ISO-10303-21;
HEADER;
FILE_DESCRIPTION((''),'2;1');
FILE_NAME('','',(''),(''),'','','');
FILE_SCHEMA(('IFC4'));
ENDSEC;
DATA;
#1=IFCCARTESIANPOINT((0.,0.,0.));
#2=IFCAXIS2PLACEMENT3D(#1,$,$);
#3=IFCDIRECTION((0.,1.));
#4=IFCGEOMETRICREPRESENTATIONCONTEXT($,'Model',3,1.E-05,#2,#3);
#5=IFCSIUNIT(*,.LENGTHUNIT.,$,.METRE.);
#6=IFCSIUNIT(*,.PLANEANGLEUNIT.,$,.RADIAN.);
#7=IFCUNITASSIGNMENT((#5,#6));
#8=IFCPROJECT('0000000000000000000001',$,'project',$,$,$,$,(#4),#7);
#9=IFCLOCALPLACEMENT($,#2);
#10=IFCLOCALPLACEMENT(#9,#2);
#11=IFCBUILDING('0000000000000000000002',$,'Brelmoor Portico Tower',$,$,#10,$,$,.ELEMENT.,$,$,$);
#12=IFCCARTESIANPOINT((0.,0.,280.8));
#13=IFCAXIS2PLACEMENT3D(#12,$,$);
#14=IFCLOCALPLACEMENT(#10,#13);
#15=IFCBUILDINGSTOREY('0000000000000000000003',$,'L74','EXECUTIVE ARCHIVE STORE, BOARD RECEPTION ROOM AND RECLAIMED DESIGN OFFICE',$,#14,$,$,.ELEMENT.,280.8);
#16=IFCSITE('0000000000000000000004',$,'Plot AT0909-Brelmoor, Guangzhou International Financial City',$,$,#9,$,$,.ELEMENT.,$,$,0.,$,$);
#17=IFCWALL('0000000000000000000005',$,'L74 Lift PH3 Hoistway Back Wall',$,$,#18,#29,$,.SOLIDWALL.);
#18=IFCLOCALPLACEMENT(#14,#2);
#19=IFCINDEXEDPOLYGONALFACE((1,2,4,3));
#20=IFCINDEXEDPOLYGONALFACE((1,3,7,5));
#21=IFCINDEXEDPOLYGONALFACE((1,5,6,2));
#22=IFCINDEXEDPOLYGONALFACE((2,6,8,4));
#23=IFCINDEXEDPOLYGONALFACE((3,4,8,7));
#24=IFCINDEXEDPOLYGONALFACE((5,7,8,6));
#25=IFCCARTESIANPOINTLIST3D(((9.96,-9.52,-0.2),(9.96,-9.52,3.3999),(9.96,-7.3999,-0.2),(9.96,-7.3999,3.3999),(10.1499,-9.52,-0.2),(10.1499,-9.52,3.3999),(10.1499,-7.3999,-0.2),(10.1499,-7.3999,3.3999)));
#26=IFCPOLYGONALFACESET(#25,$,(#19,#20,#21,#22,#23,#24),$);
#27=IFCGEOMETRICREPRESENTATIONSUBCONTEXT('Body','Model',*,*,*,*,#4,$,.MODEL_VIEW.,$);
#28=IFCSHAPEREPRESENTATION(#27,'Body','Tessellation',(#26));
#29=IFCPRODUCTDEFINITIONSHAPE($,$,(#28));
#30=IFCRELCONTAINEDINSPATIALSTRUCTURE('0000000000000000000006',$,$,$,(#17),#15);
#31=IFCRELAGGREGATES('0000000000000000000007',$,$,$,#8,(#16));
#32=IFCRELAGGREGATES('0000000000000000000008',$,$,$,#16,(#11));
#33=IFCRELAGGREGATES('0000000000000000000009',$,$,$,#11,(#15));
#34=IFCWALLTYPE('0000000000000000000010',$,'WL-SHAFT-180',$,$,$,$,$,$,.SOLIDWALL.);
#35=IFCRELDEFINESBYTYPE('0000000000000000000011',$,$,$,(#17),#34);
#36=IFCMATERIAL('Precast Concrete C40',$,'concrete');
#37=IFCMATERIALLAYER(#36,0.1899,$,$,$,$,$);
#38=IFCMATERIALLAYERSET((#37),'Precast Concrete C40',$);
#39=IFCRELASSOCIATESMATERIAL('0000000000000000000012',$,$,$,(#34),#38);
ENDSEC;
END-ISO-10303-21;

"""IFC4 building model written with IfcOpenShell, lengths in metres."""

from ifc_helpers import new_model, si_unit, direction, frame, frame_2d, origin, place, context, subcontext, project, spatial, rectangle, extrude, material, layer, layer_set, type_object, element, save


model = new_model("IFC4")

# Units and contexts
model_context = context("Model", 3, precision=1e-05, world=origin(), true_north=direction((0.0, 1.0)))
body_context = subcontext(model_context, "Body", "Model", "MODEL_VIEW")
ifc_project = project(units=[si_unit("LENGTHUNIT", "METRE"), si_unit("PLANEANGLEUNIT", "RADIAN")], contexts=[model_context])

# Site, building, storey
site_placement = place(None, origin())
site = spatial("IfcSite", under=ifc_project, at=site_placement, Name="Plot AT0909-Brelmoor, Guangzhou International Financial City", CompositionType="ELEMENT", RefElevation=0.0)
building_placement = place(site_placement, origin())
building = spatial("IfcBuilding", under=site, at=building_placement, Name="Brelmoor Portico Tower", CompositionType="ELEMENT")
storey_placement = place(building_placement, frame((0.0, 0.0, 280.8)))
storey = spatial("IfcBuildingStorey", under=building, at=storey_placement, Name="L74", Description="EXECUTIVE ARCHIVE STORE, BOARD RECEPTION ROOM AND RECLAIMED DESIGN OFFICE", CompositionType="ELEMENT", Elevation=280.8)

# Shared definitions
ifc_material_1 = material(Name="Precast Concrete C40", Category="concrete")
ifc_layer_1 = layer(ifc_material_1, 0.1899)
ifc_layer_set_1 = layer_set([ifc_layer_1], Name="Precast Concrete C40")
wall_type_1 = type_object("IfcWallType", Name="WL-SHAFT-180", PredefinedType="SOLIDWALL", material=ifc_layer_set_1)

# Wall
wall_1_placement = place(storey_placement, frame((10.0549, -9.52, -0.2), z_axis=(0.0, 0.0, 1.0), x_axis=(0.0, 1.0, 0.0)))
element("IfcWall", 1, at=wall_1_placement, inside=storey, type_object=wall_type_1, Name="L74 Lift PH3 Hoistway Back Wall", PredefinedType="SOLIDWALL", context=body_context, shape_type="SweptSolid", body=[
    extrude(rectangle(XDim=2.1201, YDim=0.1899, at=frame_2d((1.0601, 0.0))), origin(), (0.0, 0.0, 1.0), 3.5999),
])

save(model, "model.ifc")
